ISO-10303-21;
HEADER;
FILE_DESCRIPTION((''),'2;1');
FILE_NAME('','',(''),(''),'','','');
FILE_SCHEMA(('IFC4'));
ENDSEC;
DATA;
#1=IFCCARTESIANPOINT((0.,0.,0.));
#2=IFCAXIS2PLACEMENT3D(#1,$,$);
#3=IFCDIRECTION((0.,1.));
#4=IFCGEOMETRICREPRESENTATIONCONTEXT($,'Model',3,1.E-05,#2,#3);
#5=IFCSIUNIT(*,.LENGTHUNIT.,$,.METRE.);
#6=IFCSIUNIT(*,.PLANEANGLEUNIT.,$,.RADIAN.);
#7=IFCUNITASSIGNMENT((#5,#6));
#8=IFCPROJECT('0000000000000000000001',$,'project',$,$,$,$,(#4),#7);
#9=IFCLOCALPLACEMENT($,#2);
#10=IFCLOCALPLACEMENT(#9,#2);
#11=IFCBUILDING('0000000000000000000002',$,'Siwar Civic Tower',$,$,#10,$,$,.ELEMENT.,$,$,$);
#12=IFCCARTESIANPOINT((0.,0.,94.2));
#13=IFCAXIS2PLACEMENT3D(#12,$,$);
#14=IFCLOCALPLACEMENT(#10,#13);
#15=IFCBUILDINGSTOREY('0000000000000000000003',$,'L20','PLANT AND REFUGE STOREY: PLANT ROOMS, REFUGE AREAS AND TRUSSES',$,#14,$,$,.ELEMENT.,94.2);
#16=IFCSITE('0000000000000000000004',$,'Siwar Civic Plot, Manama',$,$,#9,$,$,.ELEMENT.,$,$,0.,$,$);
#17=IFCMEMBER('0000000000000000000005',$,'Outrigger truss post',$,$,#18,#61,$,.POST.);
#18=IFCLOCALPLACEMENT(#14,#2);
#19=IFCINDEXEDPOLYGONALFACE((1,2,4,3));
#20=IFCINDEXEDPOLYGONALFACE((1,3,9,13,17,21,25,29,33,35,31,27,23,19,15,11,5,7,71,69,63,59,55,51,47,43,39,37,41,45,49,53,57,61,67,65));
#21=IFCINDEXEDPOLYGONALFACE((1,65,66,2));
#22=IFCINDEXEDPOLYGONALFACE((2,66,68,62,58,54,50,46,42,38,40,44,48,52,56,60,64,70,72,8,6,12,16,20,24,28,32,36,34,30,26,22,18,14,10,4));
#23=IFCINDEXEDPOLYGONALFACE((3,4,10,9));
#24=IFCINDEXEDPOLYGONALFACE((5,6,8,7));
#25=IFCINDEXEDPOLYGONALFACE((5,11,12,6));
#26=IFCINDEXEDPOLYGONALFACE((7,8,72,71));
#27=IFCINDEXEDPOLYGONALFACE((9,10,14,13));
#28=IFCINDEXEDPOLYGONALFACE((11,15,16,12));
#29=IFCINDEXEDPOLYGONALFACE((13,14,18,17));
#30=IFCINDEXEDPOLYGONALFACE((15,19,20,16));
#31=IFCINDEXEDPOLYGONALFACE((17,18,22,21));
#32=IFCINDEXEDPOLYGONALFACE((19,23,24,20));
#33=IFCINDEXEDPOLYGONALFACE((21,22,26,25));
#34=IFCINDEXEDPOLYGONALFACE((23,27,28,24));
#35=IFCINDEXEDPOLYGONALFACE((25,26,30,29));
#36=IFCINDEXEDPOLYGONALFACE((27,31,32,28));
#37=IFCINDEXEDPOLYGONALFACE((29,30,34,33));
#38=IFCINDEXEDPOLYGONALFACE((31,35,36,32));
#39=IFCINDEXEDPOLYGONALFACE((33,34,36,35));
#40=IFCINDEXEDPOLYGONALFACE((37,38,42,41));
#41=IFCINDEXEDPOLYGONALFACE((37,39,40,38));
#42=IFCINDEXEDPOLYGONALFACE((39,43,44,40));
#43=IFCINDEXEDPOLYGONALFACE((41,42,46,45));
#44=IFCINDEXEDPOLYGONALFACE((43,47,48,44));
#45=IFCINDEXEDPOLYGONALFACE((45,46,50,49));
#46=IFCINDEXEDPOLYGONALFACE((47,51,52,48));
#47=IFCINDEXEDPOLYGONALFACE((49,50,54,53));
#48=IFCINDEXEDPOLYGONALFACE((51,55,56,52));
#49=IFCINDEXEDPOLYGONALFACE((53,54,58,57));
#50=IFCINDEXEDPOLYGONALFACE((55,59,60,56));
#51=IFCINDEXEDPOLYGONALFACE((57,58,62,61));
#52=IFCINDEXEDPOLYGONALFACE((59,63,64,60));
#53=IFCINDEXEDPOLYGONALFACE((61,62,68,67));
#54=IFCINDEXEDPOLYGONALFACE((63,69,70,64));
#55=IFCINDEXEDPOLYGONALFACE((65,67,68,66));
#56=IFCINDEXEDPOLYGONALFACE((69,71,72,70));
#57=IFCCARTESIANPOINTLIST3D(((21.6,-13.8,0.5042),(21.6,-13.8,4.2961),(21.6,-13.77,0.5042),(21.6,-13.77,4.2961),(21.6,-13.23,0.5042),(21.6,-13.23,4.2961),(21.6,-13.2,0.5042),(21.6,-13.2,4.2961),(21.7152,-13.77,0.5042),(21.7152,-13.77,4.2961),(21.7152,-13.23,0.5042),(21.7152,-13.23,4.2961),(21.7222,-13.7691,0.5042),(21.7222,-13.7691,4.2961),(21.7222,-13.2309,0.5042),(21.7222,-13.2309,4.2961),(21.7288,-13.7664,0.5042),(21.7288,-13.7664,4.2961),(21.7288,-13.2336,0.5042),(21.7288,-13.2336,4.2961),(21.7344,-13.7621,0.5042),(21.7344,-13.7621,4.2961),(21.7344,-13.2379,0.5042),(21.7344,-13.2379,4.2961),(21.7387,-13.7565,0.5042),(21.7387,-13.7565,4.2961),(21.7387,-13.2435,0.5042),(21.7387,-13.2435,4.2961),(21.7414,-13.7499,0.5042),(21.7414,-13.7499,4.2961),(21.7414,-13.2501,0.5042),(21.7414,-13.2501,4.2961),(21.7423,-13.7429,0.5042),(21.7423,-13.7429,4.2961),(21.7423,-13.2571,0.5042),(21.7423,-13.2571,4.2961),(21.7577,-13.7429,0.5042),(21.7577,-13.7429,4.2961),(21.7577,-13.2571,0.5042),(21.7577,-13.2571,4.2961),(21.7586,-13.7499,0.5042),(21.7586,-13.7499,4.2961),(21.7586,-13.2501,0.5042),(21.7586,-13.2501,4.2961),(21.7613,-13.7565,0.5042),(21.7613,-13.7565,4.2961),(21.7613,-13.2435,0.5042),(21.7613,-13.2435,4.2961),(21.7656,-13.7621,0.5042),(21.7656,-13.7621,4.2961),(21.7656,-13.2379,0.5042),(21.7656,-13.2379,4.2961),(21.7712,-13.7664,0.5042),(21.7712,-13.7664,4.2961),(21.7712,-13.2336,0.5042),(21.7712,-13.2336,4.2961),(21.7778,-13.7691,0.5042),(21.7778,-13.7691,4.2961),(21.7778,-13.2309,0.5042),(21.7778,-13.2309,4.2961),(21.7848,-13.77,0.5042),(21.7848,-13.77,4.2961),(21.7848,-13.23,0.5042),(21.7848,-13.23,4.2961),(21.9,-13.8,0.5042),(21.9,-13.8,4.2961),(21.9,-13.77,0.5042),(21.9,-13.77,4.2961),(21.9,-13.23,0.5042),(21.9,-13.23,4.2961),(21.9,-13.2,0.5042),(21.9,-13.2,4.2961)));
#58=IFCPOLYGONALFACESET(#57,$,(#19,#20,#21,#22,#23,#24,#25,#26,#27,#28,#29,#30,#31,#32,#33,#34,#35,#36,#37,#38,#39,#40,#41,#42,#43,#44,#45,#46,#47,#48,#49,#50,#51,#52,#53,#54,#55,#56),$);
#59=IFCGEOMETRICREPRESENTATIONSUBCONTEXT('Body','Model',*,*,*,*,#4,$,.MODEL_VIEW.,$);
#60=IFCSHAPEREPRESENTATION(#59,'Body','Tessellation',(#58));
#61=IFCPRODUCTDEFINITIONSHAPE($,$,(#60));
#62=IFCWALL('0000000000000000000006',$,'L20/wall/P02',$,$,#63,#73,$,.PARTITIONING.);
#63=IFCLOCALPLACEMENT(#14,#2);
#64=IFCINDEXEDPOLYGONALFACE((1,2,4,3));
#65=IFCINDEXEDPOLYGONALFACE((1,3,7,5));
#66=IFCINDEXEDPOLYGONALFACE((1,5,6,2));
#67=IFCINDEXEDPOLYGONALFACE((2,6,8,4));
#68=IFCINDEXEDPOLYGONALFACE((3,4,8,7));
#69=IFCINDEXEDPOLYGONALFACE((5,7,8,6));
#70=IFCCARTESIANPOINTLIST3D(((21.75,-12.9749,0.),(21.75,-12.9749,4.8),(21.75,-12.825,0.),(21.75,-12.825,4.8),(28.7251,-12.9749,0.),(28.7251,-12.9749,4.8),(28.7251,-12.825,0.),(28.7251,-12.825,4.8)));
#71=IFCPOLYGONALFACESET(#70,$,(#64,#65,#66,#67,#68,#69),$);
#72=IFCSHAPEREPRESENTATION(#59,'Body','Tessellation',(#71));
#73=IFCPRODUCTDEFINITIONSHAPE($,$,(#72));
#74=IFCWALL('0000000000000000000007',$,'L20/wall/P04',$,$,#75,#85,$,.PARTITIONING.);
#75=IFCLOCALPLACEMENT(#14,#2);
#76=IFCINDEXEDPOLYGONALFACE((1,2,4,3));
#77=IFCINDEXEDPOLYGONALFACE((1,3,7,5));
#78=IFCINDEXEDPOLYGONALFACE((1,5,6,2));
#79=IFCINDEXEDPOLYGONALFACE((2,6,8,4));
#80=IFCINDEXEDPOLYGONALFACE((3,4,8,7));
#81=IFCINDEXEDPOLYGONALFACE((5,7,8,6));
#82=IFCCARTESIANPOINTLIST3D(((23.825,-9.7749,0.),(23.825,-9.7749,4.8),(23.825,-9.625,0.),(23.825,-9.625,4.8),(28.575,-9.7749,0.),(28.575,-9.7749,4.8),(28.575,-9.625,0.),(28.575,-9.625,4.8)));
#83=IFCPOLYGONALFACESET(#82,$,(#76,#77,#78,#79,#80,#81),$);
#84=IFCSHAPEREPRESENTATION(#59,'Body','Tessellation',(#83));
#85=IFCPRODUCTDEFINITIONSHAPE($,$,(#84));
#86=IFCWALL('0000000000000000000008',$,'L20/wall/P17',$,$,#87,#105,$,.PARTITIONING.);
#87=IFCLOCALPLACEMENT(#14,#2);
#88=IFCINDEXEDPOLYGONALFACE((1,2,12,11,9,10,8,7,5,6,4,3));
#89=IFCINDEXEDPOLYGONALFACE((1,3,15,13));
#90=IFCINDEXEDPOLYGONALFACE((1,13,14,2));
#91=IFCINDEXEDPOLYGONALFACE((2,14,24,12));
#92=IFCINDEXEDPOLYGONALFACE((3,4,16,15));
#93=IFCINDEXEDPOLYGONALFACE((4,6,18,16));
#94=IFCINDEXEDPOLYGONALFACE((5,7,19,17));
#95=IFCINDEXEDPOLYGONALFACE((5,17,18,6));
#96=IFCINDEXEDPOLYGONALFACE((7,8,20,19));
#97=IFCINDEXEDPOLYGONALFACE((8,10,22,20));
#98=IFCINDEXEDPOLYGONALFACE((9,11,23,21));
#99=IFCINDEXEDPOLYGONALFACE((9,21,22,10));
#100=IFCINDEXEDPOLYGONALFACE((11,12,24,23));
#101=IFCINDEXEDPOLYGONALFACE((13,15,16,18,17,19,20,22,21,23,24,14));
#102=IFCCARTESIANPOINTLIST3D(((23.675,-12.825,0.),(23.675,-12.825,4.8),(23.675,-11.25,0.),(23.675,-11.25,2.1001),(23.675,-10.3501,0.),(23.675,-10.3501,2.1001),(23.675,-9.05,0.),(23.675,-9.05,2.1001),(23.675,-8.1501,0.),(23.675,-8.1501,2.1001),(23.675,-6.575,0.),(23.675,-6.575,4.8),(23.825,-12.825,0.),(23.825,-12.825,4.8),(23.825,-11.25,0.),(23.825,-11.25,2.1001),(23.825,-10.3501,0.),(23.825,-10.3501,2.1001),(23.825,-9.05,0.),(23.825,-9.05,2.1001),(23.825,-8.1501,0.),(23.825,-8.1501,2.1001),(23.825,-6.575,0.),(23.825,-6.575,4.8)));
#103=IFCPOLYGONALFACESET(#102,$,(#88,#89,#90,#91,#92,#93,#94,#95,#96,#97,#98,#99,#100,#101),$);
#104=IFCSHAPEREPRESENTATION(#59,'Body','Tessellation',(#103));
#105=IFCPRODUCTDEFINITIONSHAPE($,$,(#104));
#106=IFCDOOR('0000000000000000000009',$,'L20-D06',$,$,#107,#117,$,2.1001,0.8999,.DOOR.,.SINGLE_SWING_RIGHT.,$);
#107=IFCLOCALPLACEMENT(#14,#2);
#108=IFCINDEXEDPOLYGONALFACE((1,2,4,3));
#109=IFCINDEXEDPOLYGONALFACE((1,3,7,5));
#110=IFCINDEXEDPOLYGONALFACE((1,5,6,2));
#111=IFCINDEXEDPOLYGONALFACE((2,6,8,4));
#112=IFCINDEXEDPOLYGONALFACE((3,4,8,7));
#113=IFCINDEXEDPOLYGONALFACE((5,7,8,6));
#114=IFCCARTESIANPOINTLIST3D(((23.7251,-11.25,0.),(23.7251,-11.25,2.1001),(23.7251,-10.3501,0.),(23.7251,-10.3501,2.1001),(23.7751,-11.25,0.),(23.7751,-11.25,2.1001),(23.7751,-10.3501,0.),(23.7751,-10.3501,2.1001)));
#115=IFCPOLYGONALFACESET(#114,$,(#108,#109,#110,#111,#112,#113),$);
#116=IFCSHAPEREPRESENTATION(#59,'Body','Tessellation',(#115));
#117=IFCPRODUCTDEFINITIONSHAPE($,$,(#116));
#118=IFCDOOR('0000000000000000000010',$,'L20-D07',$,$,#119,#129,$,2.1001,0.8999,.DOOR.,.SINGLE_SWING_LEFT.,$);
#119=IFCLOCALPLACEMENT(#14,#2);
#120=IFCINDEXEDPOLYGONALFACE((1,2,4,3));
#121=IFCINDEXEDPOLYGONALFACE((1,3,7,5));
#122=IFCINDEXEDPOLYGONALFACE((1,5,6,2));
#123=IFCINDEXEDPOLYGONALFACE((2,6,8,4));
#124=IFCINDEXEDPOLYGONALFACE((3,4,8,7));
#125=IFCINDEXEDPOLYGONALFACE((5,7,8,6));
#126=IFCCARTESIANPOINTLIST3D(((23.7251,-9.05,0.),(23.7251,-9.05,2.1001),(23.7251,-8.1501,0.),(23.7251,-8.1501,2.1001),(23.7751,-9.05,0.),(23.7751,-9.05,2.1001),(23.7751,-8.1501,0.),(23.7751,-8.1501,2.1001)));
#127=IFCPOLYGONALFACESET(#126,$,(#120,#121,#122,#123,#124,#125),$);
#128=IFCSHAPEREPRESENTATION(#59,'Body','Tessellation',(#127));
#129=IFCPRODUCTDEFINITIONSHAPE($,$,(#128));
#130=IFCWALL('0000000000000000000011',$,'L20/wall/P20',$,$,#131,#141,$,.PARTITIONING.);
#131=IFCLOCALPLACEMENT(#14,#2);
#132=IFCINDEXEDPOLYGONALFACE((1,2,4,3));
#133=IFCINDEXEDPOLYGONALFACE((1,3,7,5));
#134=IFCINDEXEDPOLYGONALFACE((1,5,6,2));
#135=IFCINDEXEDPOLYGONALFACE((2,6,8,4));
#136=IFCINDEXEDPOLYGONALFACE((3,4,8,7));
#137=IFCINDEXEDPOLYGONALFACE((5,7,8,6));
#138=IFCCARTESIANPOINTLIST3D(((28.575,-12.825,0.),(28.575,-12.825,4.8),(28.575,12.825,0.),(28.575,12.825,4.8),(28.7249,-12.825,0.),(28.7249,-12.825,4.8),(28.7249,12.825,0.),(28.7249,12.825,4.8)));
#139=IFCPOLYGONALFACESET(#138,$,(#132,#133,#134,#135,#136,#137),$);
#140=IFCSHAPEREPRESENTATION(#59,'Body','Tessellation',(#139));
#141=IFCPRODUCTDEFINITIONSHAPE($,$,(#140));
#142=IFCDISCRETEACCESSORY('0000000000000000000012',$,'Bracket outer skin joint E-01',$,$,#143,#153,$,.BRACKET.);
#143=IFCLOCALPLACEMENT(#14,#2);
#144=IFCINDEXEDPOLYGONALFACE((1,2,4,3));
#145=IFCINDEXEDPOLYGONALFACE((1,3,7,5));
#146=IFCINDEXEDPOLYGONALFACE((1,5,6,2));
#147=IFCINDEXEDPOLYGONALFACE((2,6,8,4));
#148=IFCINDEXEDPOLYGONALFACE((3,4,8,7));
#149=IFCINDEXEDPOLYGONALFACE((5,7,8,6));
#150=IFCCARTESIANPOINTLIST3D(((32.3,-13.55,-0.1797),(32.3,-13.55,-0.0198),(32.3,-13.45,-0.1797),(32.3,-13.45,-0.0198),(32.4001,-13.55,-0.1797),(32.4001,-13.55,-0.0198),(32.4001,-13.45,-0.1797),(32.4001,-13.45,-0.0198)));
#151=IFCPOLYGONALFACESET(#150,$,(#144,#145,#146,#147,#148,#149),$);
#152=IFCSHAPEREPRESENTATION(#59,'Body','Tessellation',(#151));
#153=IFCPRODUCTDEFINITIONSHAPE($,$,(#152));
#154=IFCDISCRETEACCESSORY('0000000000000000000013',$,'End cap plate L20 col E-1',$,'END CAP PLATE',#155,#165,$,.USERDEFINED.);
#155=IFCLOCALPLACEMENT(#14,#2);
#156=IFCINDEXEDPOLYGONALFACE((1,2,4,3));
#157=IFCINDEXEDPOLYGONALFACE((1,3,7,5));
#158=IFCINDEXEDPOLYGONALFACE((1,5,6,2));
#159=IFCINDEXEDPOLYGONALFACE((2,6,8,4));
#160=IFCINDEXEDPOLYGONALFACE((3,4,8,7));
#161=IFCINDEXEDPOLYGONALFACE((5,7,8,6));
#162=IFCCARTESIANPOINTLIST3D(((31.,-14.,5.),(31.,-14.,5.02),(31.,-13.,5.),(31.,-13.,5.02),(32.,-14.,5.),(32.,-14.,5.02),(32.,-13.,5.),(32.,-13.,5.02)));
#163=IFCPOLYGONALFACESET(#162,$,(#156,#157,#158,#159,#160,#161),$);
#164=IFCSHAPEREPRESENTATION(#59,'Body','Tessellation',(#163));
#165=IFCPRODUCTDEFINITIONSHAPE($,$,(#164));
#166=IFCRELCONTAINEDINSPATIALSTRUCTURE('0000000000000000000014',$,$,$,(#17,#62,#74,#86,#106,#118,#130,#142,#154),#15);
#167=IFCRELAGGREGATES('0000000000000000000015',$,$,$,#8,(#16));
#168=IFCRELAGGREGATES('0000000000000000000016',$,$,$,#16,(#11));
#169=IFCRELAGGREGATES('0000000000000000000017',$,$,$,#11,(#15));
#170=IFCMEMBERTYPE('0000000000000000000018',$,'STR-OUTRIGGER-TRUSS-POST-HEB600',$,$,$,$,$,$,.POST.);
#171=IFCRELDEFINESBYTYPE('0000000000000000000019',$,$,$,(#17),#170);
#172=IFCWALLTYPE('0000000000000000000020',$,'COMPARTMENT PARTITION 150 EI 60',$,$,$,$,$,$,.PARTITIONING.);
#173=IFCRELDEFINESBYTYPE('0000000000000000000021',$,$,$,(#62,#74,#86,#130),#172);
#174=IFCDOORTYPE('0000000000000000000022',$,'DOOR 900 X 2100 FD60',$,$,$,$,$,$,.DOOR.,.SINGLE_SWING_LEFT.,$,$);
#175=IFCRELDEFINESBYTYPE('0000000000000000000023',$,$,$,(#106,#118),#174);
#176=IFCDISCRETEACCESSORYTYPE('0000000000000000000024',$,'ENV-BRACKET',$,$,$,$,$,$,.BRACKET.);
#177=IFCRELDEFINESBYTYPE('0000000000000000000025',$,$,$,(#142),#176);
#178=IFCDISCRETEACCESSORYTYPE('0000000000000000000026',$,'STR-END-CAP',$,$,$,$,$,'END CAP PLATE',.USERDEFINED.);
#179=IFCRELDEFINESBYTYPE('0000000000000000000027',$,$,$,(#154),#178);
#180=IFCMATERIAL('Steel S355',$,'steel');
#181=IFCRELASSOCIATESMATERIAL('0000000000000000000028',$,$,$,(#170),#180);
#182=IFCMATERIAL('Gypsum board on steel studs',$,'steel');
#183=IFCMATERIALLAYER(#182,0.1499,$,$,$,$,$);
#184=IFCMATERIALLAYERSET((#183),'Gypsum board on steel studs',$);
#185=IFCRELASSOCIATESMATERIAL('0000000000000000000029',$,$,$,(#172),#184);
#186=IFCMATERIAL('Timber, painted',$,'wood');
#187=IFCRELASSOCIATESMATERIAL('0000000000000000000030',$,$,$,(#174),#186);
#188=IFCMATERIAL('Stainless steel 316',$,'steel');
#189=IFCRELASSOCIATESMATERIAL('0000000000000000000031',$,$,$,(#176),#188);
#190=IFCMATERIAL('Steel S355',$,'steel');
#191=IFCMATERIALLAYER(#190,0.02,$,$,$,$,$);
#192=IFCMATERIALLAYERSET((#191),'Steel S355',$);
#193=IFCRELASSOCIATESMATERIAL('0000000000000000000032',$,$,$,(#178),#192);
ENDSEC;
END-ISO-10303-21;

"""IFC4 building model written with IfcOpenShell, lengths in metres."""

from ifc_helpers import new_model, si_unit, direction, frame, frame_2d, origin, origin_2d, place, context, subcontext, project, spatial, rectangle, i_section, extrude, material, layer, layer_set, material_profile, profile_set, type_object, element, fill, save


model = new_model("IFC4")

# Units and contexts
model_context = context("Model", 3, precision=1e-05, world=origin(), true_north=direction((0.0, 1.0)))
body_context = subcontext(model_context, "Body", "Model", "MODEL_VIEW")
ifc_project = project(units=[si_unit("LENGTHUNIT", "METRE"), si_unit("PLANEANGLEUNIT", "RADIAN")], contexts=[model_context])

# Site, building, storey
site_placement = place(None, origin())
site = spatial("IfcSite", under=ifc_project, at=site_placement, Name="Siwar Civic Plot, Manama", CompositionType="ELEMENT", RefElevation=0.0)
building_placement = place(site_placement, origin())
building = spatial("IfcBuilding", under=site, at=building_placement, Name="Siwar Civic Tower", CompositionType="ELEMENT")
storey_placement = place(building_placement, frame((0.0, 0.0, 94.2)))
storey = spatial("IfcBuildingStorey", under=building, at=storey_placement, Name="L20", Description="PLANT AND REFUGE STOREY: PLANT ROOMS, REFUGE AREAS AND TRUSSES", CompositionType="ELEMENT", Elevation=94.2)

# Member
ifc_material_1 = material(Name="Steel S355", Category="steel")
ifc_material_profile_1 = material_profile(ifc_material_1, i_section(OverallWidth=0.3, OverallDepth=0.6001, WebThickness=0.0154, FlangeThickness=0.03, FilletRadius=0.0271, at=origin_2d()), Name="HEB600")
ifc_profile_set_1 = profile_set([ifc_material_profile_1], Name="Steel S355")
member_type_1 = type_object("IfcMemberType", Name="STR-OUTRIGGER-TRUSS-POST-HEB600", PredefinedType="POST", material=ifc_profile_set_1)
member_1_placement = place(storey_placement, frame((21.75, -13.5, 0.5042), z_axis=(0.0, 0.0, 1.0), x_axis=(1.0, 0.0, 0.0)))
element("IfcMember", 1, at=member_1_placement, inside=storey, type_object=member_type_1, Name="Outrigger truss post", PredefinedType="POST", context=body_context, shape_type="SweptSolid", body=[
    extrude(i_section(OverallWidth=0.3, OverallDepth=0.6001, WebThickness=0.0154, FlangeThickness=0.03, FilletRadius=0.0271, at=origin_2d()), origin(), (0.0, 0.0, 1.0), 3.792),
])

# Walls
ifc_material_2 = material(Name="Gypsum board on steel studs", Category="steel")
ifc_layer_1 = layer(ifc_material_2, 0.1499)
ifc_layer_set_1 = layer_set([ifc_layer_1], Name="Gypsum board on steel studs")
wall_type = type_object("IfcWallType", Name="COMPARTMENT PARTITION 150 EI 60", PredefinedType="PARTITIONING", material=ifc_layer_set_1)
wall_1_placement = place(storey_placement, frame((21.75, -12.8999, 0.0), z_axis=(0.0, 0.0, 1.0), x_axis=(1.0, 0.0, 0.0)))
element("IfcWall", 2, at=wall_1_placement, inside=storey, type_object=wall_type, Name="L20/wall/P02", PredefinedType="PARTITIONING", context=body_context, shape_type="SweptSolid", body=[
    extrude(rectangle(XDim=6.9751, YDim=0.1499, at=frame_2d((3.4875, 0.0))), origin(), (0.0, 0.0, 1.0), 4.8),
])
wall_2_placement = place(storey_placement, frame((23.825, -9.7, 0.0), z_axis=(0.0, 0.0, 1.0), x_axis=(1.0, 0.0, 0.0)))
element("IfcWall", 3, at=wall_2_placement, inside=storey, type_object=wall_type, Name="L20/wall/P04", PredefinedType="PARTITIONING", context=body_context, shape_type="SweptSolid", body=[
    extrude(rectangle(XDim=4.75, YDim=0.1499, at=frame_2d((2.375, 0.0))), origin(), (0.0, 0.0, 1.0), 4.8),
])

# Wall, openings, doors
wall_3_placement = place(storey_placement, frame((23.75, -12.825, 0.0), z_axis=(0.0, 0.0, 1.0), x_axis=(0.0, 1.0, 0.0)))
wall_3 = element("IfcWall", 4, at=wall_3_placement, inside=storey, type_object=wall_type, Name="L20/wall/P17", PredefinedType="PARTITIONING", context=body_context, shape_type="SweptSolid", body=[
    extrude(rectangle(XDim=6.25, YDim=0.1499, at=frame_2d((3.125, 0.0))), origin(), (0.0, 0.0, 1.0), 4.8),
])
opening_1_placement = place(wall_3_placement, frame((1.575, 0.0, 0.0)))
opening_1 = element("IfcOpeningElement", 5, at=opening_1_placement, cuts=wall_3, PredefinedType="OPENING", context=body_context, shape_type="SweptSolid", body=[
    extrude(rectangle(XDim=0.8999, YDim=2.1001, at=frame_2d((0.45, 1.05))), frame((0.0, 0.085, 0.0), z_axis=(0.0, -1.0, 0.0), x_axis=(1.0, 0.0, 0.0)), (0.0, 0.0, 1.0), 0.1699),
])
opening_2_placement = place(wall_3_placement, frame((3.7749, 0.0, 0.0)))
opening_2 = element("IfcOpeningElement", 6, at=opening_2_placement, cuts=wall_3, PredefinedType="OPENING", context=body_context, shape_type="SweptSolid", body=[
    extrude(rectangle(XDim=0.8999, YDim=2.1001, at=frame_2d((0.45, 1.05))), frame((0.0, 0.085, 0.0), z_axis=(0.0, -1.0, 0.0), x_axis=(1.0, 0.0, 0.0)), (0.0, 0.0, 1.0), 0.1699),
])
ifc_material_3 = material(Name="Timber, painted", Category="wood")
door_type = type_object("IfcDoorType", Name="DOOR 900 X 2100 FD60", OperationType="SINGLE_SWING_LEFT", PredefinedType="DOOR", material=ifc_material_3)
door_1_placement = place(opening_1_placement, origin())
door_1 = element("IfcDoor", 7, at=door_1_placement, inside=storey, type_object=door_type, Name="L20-D06", OperationType="SINGLE_SWING_RIGHT", OverallHeight=2.1001, OverallWidth=0.8999, PredefinedType="DOOR", context=body_context, shape_type="SweptSolid", body=[
    extrude(rectangle(XDim=0.8999, YDim=2.1001, at=frame_2d((0.45, 1.05))), frame((0.0, 0.0249, 0.0), z_axis=(0.0, -1.0, 0.0), x_axis=(1.0, 0.0, 0.0)), (0.0, 0.0, 1.0), 0.05),
])
fill(opening_1, door_1)
door_2_placement = place(opening_2_placement, origin())
door_2 = element("IfcDoor", 8, at=door_2_placement, inside=storey, type_object=door_type, Name="L20-D07", OperationType="SINGLE_SWING_LEFT", OverallHeight=2.1001, OverallWidth=0.8999, PredefinedType="DOOR", context=body_context, shape_type="SweptSolid", body=[
    extrude(rectangle(XDim=0.8999, YDim=2.1001, at=frame_2d((0.45, 1.05))), frame((0.0, 0.0249, 0.0), z_axis=(0.0, -1.0, 0.0), x_axis=(1.0, 0.0, 0.0)), (0.0, 0.0, 1.0), 0.05),
])
fill(opening_2, door_2)

# Wall
wall_4_placement = place(storey_placement, frame((28.6499, -12.825, 0.0), z_axis=(0.0, 0.0, 1.0), x_axis=(0.0, 1.0, 0.0)))
element("IfcWall", 9, at=wall_4_placement, inside=storey, type_object=wall_type, Name="L20/wall/P20", PredefinedType="PARTITIONING", context=body_context, shape_type="SweptSolid", body=[
    extrude(rectangle(XDim=25.6499, YDim=0.1499, at=frame_2d((12.825, 0.0))), origin(), (0.0, 0.0, 1.0), 4.8),
])

# Discrete accessories
ifc_material_4 = material(Name="Stainless steel 316", Category="steel")
discrete_accessory_type_1 = type_object("IfcDiscreteAccessoryType", Name="ENV-BRACKET", PredefinedType="BRACKET", material=ifc_material_4)
discrete_accessory_1_placement = place(storey_placement, frame((32.3501, -13.5, -0.1797), z_axis=(0.0, 0.0, 1.0), x_axis=(1.0, 0.0, 0.0)))
element("IfcDiscreteAccessory", 10, at=discrete_accessory_1_placement, inside=storey, type_object=discrete_accessory_type_1, Name="Bracket outer skin joint E-01", PredefinedType="BRACKET", context=body_context, shape_type="SweptSolid", body=[
    extrude(rectangle(XDim=0.1001, YDim=0.1001, at=origin_2d()), origin(), (0.0, 0.0, 1.0), 0.1599),
])
ifc_material_5 = material(Name="Steel S355", Category="steel")
ifc_layer_2 = layer(ifc_material_5, 0.02)
ifc_layer_set_2 = layer_set([ifc_layer_2], Name="Steel S355")
discrete_accessory_type_2 = type_object("IfcDiscreteAccessoryType", Name="STR-END-CAP", ElementType="END CAP PLATE", PredefinedType="USERDEFINED", material=ifc_layer_set_2)
discrete_accessory_2_placement = place(storey_placement, frame((31.5, -13.5, 5.0), z_axis=(0.0, 0.0, 1.0), x_axis=(1.0, 0.0, 0.0)))
element("IfcDiscreteAccessory", 11, at=discrete_accessory_2_placement, inside=storey, type_object=discrete_accessory_type_2, Name="End cap plate L20 col E-1", ObjectType="END CAP PLATE", PredefinedType="USERDEFINED", context=body_context, shape_type="SweptSolid", body=[
    extrude(rectangle(XDim=1.0, YDim=1.0, at=origin_2d()), origin(), (0.0, 0.0, 1.0), 0.02),
])

save(model, "model.ifc")
